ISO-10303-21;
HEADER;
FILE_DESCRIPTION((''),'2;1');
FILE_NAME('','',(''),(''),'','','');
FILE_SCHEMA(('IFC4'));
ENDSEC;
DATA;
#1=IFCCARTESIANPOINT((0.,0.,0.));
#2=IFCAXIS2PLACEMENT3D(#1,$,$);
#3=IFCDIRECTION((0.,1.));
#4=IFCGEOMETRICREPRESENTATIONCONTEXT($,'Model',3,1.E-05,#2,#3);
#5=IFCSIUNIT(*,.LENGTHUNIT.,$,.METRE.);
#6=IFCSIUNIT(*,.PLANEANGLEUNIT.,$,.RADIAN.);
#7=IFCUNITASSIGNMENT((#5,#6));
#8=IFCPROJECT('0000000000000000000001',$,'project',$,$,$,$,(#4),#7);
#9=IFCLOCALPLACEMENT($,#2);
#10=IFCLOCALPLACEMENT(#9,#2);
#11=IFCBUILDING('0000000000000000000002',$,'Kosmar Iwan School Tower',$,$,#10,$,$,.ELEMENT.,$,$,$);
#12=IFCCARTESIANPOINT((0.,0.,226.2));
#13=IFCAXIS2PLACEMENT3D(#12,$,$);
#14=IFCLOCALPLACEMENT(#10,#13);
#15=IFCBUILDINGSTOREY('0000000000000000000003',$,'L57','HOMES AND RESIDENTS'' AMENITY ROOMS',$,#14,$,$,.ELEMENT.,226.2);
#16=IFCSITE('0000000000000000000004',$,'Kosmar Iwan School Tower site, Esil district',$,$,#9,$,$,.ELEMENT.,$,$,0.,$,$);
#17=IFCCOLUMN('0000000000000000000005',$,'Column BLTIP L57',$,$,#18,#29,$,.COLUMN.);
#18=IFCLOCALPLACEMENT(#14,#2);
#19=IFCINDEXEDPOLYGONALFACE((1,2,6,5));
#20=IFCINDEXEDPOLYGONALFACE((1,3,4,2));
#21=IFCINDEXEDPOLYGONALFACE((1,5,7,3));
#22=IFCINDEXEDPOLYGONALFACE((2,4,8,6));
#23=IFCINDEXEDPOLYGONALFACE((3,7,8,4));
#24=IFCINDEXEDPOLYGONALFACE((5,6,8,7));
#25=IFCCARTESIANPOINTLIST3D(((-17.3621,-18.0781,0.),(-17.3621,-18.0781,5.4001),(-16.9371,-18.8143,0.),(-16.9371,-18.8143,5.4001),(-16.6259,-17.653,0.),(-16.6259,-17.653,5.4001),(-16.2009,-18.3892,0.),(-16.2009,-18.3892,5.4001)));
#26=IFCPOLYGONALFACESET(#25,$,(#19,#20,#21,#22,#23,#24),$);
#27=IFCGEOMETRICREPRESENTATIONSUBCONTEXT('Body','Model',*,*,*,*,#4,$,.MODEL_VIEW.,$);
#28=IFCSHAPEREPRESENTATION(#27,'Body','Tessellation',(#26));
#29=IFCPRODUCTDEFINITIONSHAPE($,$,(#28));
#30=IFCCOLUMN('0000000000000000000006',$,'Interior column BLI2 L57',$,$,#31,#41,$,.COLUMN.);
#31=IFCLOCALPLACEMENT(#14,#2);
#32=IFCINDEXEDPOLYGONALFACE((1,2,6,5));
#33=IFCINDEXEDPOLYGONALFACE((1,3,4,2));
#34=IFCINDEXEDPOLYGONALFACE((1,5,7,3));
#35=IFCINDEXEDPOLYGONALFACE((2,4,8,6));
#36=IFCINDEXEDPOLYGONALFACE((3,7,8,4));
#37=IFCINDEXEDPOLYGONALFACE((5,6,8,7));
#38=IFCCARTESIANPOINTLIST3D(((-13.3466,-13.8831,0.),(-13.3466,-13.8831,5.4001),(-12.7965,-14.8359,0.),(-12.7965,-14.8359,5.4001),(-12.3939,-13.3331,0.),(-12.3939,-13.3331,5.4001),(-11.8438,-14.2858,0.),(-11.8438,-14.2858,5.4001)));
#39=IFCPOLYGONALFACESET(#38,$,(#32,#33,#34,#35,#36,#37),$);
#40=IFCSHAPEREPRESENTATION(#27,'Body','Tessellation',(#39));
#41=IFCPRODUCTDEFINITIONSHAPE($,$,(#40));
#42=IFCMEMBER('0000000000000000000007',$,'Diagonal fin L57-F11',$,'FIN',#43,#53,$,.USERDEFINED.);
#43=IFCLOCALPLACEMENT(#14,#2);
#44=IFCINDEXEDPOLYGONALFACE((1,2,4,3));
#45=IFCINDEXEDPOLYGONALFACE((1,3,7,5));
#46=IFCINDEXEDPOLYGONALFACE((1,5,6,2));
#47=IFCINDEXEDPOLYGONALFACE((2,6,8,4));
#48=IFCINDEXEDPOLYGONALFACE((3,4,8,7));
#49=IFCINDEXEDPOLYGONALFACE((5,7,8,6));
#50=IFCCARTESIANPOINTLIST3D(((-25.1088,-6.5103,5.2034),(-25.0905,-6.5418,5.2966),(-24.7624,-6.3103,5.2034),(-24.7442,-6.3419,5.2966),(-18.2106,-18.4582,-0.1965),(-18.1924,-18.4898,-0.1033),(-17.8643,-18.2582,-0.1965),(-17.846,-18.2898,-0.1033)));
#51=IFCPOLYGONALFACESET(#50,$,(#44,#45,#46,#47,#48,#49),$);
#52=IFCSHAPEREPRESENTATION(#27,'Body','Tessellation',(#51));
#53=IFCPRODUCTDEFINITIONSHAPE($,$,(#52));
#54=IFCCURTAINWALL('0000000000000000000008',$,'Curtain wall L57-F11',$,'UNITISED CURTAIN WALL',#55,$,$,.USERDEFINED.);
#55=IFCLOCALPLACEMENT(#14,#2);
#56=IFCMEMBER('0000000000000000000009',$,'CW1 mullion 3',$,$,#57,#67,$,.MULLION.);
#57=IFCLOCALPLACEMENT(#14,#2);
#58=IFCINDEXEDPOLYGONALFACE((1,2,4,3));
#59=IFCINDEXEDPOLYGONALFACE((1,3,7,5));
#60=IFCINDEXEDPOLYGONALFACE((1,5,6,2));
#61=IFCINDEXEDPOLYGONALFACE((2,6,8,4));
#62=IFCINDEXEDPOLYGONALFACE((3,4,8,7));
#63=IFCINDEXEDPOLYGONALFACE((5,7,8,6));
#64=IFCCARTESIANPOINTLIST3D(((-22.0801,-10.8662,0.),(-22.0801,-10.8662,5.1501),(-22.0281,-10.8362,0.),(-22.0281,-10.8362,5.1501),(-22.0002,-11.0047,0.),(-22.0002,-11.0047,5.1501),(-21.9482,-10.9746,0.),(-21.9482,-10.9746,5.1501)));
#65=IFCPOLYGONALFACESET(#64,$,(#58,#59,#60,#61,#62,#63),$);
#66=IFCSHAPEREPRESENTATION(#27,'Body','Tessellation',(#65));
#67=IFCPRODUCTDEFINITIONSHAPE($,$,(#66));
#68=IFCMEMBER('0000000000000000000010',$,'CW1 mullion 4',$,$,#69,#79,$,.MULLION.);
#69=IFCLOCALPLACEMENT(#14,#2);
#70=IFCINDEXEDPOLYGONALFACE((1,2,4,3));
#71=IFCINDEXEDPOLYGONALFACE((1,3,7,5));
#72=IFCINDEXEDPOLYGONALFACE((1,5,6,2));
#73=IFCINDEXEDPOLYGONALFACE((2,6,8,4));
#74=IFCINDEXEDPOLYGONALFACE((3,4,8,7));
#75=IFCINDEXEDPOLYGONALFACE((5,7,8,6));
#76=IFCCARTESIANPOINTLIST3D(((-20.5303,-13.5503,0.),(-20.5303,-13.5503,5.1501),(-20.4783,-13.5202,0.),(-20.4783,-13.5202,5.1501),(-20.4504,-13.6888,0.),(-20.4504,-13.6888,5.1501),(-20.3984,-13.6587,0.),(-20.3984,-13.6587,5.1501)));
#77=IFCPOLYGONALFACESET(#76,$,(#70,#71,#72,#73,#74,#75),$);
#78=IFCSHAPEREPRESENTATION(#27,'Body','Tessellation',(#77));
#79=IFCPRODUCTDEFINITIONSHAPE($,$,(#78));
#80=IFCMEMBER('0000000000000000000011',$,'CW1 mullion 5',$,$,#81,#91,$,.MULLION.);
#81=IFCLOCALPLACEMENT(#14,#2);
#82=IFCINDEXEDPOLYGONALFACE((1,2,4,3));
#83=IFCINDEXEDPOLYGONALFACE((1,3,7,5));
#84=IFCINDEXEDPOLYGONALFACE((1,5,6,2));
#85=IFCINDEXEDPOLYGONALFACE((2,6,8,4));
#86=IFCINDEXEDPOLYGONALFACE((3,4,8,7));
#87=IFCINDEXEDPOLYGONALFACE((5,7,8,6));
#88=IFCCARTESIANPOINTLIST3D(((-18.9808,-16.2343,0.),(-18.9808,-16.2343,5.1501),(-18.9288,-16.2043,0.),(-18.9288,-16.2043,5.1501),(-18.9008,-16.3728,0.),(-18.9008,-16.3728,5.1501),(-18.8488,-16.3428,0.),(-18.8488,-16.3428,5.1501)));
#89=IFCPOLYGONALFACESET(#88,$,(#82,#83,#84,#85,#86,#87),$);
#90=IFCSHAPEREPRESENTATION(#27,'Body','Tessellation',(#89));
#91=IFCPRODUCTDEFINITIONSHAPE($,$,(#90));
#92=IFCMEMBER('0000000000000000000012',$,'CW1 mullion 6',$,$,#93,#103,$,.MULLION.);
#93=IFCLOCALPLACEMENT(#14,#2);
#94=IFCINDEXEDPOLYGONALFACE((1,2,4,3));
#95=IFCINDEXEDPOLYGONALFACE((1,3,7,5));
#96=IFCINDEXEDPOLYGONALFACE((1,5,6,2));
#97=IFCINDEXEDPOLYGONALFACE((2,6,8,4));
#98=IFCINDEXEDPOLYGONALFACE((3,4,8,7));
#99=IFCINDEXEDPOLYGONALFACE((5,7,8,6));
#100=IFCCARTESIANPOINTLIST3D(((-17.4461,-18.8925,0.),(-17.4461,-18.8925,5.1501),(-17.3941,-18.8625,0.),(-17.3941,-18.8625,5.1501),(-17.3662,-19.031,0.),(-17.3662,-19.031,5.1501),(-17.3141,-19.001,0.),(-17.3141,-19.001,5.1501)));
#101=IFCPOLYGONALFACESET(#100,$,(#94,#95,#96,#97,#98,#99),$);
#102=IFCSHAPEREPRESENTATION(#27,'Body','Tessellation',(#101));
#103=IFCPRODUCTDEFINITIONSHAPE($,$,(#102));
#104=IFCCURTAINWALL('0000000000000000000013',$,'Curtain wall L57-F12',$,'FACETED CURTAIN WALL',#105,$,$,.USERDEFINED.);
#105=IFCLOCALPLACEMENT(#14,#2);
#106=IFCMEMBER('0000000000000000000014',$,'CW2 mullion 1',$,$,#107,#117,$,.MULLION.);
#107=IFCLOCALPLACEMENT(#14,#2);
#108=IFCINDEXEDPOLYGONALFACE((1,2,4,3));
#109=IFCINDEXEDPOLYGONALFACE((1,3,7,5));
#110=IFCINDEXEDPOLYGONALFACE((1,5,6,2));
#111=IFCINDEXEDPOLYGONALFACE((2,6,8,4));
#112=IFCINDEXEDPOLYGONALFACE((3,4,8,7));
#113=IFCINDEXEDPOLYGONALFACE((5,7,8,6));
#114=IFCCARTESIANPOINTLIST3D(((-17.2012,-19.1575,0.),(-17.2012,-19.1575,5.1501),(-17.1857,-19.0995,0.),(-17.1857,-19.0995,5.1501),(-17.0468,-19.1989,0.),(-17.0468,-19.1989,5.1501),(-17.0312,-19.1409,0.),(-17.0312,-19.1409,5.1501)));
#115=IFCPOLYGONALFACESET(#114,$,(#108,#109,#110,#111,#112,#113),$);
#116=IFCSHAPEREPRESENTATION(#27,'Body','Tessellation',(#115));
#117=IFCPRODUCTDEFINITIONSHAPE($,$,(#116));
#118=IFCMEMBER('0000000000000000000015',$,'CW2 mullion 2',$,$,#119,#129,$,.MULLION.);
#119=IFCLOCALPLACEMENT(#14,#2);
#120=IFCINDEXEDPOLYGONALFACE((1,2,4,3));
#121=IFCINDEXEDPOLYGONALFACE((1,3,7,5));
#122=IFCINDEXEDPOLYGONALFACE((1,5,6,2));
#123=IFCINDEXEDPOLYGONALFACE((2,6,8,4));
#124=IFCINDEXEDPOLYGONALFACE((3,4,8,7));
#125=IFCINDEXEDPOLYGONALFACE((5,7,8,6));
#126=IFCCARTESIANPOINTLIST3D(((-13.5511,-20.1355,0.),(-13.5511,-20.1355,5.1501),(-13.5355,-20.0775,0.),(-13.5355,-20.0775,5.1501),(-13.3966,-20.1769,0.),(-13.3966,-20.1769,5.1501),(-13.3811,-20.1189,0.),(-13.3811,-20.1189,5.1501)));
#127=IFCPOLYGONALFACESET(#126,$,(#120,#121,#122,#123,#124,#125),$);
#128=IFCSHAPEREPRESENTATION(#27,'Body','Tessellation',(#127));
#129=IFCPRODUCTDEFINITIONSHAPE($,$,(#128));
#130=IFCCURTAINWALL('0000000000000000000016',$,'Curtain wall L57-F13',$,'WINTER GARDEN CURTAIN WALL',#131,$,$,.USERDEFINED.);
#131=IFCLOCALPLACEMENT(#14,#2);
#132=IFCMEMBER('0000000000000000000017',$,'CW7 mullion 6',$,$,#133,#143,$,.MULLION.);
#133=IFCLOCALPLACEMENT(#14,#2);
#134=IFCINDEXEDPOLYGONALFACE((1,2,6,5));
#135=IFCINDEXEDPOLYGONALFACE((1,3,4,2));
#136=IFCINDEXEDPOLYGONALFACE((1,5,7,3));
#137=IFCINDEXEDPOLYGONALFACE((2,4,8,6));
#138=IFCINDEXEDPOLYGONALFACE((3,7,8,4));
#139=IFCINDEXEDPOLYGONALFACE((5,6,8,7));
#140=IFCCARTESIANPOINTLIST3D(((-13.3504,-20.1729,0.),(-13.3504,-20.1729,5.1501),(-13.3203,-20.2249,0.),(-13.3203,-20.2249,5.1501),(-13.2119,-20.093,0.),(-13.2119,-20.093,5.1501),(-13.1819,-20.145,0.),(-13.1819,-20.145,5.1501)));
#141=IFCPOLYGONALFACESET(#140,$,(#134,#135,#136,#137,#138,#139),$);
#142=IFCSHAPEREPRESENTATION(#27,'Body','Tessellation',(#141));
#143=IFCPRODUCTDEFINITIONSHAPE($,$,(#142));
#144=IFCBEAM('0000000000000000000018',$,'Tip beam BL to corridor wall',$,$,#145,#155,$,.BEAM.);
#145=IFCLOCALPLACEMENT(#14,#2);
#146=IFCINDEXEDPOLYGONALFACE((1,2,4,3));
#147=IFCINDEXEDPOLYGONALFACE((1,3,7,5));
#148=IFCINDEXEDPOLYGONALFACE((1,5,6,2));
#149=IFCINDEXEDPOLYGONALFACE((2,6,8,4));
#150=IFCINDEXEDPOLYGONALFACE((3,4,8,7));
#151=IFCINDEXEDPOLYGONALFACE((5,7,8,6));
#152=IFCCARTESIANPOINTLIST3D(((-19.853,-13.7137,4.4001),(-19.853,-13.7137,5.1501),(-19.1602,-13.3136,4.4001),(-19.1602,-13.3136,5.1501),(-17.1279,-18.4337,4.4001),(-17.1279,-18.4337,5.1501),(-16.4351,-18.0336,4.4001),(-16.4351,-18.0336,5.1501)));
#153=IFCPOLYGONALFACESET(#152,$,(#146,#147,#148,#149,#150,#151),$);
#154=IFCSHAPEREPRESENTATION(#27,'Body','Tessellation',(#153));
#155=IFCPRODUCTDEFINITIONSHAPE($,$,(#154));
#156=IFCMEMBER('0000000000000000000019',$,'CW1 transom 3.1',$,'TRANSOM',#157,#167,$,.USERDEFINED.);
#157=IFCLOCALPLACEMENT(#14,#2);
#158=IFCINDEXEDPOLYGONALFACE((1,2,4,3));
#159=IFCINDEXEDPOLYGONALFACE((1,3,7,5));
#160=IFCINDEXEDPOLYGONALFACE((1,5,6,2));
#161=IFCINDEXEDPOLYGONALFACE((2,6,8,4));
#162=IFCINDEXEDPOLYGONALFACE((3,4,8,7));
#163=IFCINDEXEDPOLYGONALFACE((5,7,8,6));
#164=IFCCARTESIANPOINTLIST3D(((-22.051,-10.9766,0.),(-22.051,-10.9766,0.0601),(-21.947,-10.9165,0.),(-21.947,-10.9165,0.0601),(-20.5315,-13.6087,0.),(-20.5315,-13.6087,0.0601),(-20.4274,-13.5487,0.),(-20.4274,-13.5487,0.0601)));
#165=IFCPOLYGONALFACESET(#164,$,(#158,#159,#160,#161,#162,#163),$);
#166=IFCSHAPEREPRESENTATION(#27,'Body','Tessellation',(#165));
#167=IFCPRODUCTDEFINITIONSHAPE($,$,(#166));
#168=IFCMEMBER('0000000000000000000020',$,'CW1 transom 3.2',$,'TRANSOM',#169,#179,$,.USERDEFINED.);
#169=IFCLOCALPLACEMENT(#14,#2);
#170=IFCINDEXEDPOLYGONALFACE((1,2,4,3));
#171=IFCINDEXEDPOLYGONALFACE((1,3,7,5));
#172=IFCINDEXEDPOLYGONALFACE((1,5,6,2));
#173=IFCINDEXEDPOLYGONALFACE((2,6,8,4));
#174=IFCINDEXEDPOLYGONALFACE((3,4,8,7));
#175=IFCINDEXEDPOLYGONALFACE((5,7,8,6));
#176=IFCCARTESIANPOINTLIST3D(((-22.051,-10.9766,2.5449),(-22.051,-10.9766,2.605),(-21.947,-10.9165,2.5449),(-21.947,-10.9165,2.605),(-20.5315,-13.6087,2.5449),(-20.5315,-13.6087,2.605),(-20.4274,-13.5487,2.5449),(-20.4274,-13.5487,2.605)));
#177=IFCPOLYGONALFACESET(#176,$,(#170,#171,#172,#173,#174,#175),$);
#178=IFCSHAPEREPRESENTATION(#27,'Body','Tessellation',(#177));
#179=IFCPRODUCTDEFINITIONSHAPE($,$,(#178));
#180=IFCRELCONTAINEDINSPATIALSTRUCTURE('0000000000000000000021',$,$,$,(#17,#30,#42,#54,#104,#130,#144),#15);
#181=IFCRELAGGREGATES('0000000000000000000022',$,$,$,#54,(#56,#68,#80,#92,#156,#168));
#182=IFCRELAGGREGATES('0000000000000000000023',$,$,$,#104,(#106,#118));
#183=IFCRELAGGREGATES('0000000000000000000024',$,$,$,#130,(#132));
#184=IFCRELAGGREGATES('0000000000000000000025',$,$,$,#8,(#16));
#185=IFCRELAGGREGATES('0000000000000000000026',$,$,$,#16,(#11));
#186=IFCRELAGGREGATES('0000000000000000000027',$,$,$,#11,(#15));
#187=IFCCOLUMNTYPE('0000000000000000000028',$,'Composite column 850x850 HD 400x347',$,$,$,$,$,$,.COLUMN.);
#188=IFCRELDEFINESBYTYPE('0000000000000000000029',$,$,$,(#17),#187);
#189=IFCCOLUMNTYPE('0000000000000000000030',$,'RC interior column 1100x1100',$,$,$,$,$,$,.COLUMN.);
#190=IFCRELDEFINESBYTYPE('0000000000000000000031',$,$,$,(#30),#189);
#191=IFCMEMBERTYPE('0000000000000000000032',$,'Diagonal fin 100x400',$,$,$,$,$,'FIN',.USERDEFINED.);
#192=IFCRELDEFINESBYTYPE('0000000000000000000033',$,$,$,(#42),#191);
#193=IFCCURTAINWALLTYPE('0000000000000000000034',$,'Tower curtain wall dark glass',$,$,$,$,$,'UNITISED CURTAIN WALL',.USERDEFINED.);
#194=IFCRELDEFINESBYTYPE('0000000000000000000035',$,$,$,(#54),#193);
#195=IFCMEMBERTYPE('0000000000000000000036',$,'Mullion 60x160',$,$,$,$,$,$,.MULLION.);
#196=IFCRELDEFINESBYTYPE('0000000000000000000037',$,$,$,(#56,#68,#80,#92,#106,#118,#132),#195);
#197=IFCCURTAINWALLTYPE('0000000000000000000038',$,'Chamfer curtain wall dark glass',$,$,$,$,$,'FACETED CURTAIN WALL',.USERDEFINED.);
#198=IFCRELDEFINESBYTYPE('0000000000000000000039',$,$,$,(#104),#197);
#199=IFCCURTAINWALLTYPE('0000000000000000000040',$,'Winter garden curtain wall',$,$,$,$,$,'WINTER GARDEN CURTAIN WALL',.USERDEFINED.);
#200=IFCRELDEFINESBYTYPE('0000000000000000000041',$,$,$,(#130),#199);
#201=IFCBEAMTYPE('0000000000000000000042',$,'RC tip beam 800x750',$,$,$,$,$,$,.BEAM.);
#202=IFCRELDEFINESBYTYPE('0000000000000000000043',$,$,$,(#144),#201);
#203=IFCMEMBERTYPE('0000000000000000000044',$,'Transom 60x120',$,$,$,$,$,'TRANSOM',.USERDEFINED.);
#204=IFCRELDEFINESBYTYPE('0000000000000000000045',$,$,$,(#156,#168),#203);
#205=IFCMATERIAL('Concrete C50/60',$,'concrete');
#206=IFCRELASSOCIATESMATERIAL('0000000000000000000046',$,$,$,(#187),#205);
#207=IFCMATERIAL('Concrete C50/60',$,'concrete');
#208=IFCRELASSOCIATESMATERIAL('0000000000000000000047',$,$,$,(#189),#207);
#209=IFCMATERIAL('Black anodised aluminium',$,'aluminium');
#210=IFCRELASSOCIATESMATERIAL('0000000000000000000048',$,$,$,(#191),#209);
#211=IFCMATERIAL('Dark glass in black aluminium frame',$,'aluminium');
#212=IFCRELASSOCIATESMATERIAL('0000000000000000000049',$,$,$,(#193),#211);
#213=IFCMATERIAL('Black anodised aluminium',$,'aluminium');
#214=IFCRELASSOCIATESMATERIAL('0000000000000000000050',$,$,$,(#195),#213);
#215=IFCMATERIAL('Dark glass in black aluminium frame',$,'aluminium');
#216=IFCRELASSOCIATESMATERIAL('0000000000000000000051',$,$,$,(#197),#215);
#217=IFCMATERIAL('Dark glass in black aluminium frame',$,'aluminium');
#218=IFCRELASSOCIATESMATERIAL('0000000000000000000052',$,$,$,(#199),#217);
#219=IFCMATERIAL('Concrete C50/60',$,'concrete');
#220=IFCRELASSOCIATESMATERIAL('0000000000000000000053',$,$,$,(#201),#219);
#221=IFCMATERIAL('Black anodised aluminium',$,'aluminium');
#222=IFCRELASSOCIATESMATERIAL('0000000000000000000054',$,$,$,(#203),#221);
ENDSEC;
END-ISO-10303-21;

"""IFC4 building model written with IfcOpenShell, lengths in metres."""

from ifc_helpers import new_model, si_unit, direction, frame, origin, origin_2d, place, context, subcontext, project, spatial, rectangle, extrude, material, material_profile, profile_set, type_object, element, aggregate, save


model = new_model("IFC4")

# Units and contexts
model_context = context("Model", 3, precision=1e-05, world=origin(), true_north=direction((0.0, 1.0)))
body_context = subcontext(model_context, "Body", "Model", "MODEL_VIEW")
ifc_project = project(units=[si_unit("LENGTHUNIT", "METRE"), si_unit("PLANEANGLEUNIT", "RADIAN")], contexts=[model_context])

# Site, building, storey
site_placement = place(None, origin())
site = spatial("IfcSite", under=ifc_project, at=site_placement, Name="Kosmar Iwan School Tower site, Esil district", CompositionType="ELEMENT", RefElevation=0.0)
building_placement = place(site_placement, origin())
building = spatial("IfcBuilding", under=site, at=building_placement, Name="Kosmar Iwan School Tower", CompositionType="ELEMENT")
storey_placement = place(building_placement, frame((0.0, 0.0, 226.2)))
storey = spatial("IfcBuildingStorey", under=building, at=storey_placement, Name="L57", Description="HOMES AND RESIDENTS' AMENITY ROOMS", CompositionType="ELEMENT", Elevation=226.2)

# Columns
ifc_material_1 = material(Name="Concrete C50/60", Category="concrete")
ifc_material_profile_1 = material_profile(ifc_material_1, rectangle(XDim=0.8501, YDim=0.8501, at=origin_2d()), Name="RC 850x850 + HD 400x347")
ifc_profile_set_1 = profile_set([ifc_material_profile_1], Name="Concrete C50/60")
column_type_1 = type_object("IfcColumnType", Name="Composite column 850x850 HD 400x347", PredefinedType="COLUMN", material=ifc_profile_set_1)
column_1_placement = place(storey_placement, frame((-16.7815, -18.2336, 0.0), z_axis=(0.0, 0.0, 1.0), x_axis=(-0.866025, -0.5, 0.0)))
element("IfcColumn", 1, at=column_1_placement, inside=storey, type_object=column_type_1, Name="Column BLTIP L57", PredefinedType="COLUMN", context=body_context, shape_type="SweptSolid", body=[
    extrude(rectangle(XDim=0.8501, YDim=0.8501, at=origin_2d()), origin(), (0.0, 0.0, 1.0), 5.4001),
])
ifc_material_2 = material(Name="Concrete C50/60", Category="concrete")
ifc_material_profile_2 = material_profile(ifc_material_2, rectangle(XDim=1.1001, YDim=1.1001, at=origin_2d()), Name="RC 1100x1100")
ifc_profile_set_2 = profile_set([ifc_material_profile_2], Name="Concrete C50/60")
column_type_2 = type_object("IfcColumnType", Name="RC interior column 1100x1100", PredefinedType="COLUMN", material=ifc_profile_set_2)
column_2_placement = place(storey_placement, frame((-12.5952, -14.0845, 0.0), z_axis=(0.0, 0.0, 1.0), x_axis=(-0.866025, -0.5, 0.0)))
element("IfcColumn", 2, at=column_2_placement, inside=storey, type_object=column_type_2, Name="Interior column BLI2 L57", PredefinedType="COLUMN", context=body_context, shape_type="SweptSolid", body=[
    extrude(rectangle(XDim=1.1001, YDim=1.1001, at=origin_2d()), origin(), (0.0, 0.0, 1.0), 5.4001),
])

# Member
ifc_material_3 = material(Name="Black anodised aluminium", Category="aluminium")
ifc_material_profile_3 = material_profile(ifc_material_3, rectangle(XDim=0.1001, YDim=0.3999, at=origin_2d()), Name="FIN 100x400")
ifc_profile_set_3 = profile_set([ifc_material_profile_3], Name="Black anodised aluminium")
member_type_1 = type_object("IfcMemberType", Name="Diagonal fin 100x400", ElementType="FIN", PredefinedType="USERDEFINED", material=ifc_profile_set_3)
member_1_placement = place(storey_placement, frame((-18.0283, -18.374, -0.1499), z_axis=(-0.465607, 0.806453, 0.364477), x_axis=(0.182239, -0.315646, 0.931212)))
element("IfcMember", 3, at=member_1_placement, inside=storey, type_object=member_type_1, Name="Diagonal fin L57-F11", ObjectType="FIN", PredefinedType="USERDEFINED", context=body_context, shape_type="SweptSolid", body=[
    extrude(rectangle(XDim=0.1001, YDim=0.3999, at=origin_2d()), origin(), (0.0, 0.0, 1.0), 14.8154),
])

# Curtain walls, members
ifc_material_4 = material(Name="Dark glass in black aluminium frame", Category="aluminium")
curtain_wall_type_1 = type_object("IfcCurtainWallType", Name="Tower curtain wall dark glass", ElementType="UNITISED CURTAIN WALL", PredefinedType="USERDEFINED", material=ifc_material_4)
curtain_wall_1_placement = place(storey_placement, origin())
curtain_wall_1 = element("IfcCurtainWall", 4, at=curtain_wall_1_placement, inside=storey, type_object=curtain_wall_type_1, Name="Curtain wall L57-F11", ObjectType="UNITISED CURTAIN WALL", PredefinedType="USERDEFINED")
ifc_material_5 = material(Name="Black anodised aluminium", Category="aluminium")
ifc_material_profile_4 = material_profile(ifc_material_5, rectangle(XDim=0.0601, YDim=0.1599, at=origin_2d()), Name="MULLION 60x160")
ifc_profile_set_4 = profile_set([ifc_material_profile_4], Name="Black anodised aluminium")
member_type_2 = type_object("IfcMemberType", Name="Mullion 60x160", PredefinedType="MULLION", material=ifc_profile_set_4)
member_2_placement = place(storey_placement, frame((-22.0142, -10.9204, 0.0), z_axis=(0.0, 0.0, 1.0), x_axis=(0.866025, 0.5, 0.0)))
member_2 = element("IfcMember", 5, at=member_2_placement, type_object=member_type_2, Name="CW1 mullion 3", PredefinedType="MULLION", context=body_context, shape_type="SweptSolid", body=[
    extrude(rectangle(XDim=0.0601, YDim=0.1599, at=origin_2d()), origin(), (0.0, 0.0, 1.0), 5.1501),
])
member_3_placement = place(storey_placement, frame((-20.4644, -13.6045, 0.0), z_axis=(0.0, 0.0, 1.0), x_axis=(0.866025, 0.5, 0.0)))
member_3 = element("IfcMember", 6, at=member_3_placement, type_object=member_type_2, Name="CW1 mullion 4", PredefinedType="MULLION", context=body_context, shape_type="SweptSolid", body=[
    extrude(rectangle(XDim=0.0601, YDim=0.1599, at=origin_2d()), origin(), (0.0, 0.0, 1.0), 5.1501),
])
member_4_placement = place(storey_placement, frame((-18.9148, -16.2886, 0.0), z_axis=(0.0, 0.0, 1.0), x_axis=(0.866025, 0.5, 0.0)))
member_4 = element("IfcMember", 7, at=member_4_placement, type_object=member_type_2, Name="CW1 mullion 5", PredefinedType="MULLION", context=body_context, shape_type="SweptSolid", body=[
    extrude(rectangle(XDim=0.0601, YDim=0.1599, at=origin_2d()), origin(), (0.0, 0.0, 1.0), 5.1501),
])
member_5_placement = place(storey_placement, frame((-17.3801, -18.9468, 0.0), z_axis=(0.0, 0.0, 1.0), x_axis=(0.866025, 0.5, 0.0)))
member_5 = element("IfcMember", 8, at=member_5_placement, type_object=member_type_2, Name="CW1 mullion 6", PredefinedType="MULLION", context=body_context, shape_type="SweptSolid", body=[
    extrude(rectangle(XDim=0.0601, YDim=0.1599, at=origin_2d()), origin(), (0.0, 0.0, 1.0), 5.1501),
])
ifc_material_6 = material(Name="Dark glass in black aluminium frame", Category="aluminium")
curtain_wall_type_2 = type_object("IfcCurtainWallType", Name="Chamfer curtain wall dark glass", ElementType="FACETED CURTAIN WALL", PredefinedType="USERDEFINED", material=ifc_material_6)
curtain_wall_2_placement = place(storey_placement, origin())
curtain_wall_2 = element("IfcCurtainWall", 9, at=curtain_wall_2_placement, inside=storey, type_object=curtain_wall_type_2, Name="Curtain wall L57-F12", ObjectType="FACETED CURTAIN WALL", PredefinedType="USERDEFINED")
member_6_placement = place(storey_placement, frame((-17.1162, -19.1492, 0.0), z_axis=(0.0, 0.0, 1.0), x_axis=(0.258819, 0.965926, 0.0)))
member_6 = element("IfcMember", 10, at=member_6_placement, type_object=member_type_2, Name="CW2 mullion 1", PredefinedType="MULLION", context=body_context, shape_type="SweptSolid", body=[
    extrude(rectangle(XDim=0.0601, YDim=0.1599, at=origin_2d()), origin(), (0.0, 0.0, 1.0), 5.1501),
])
member_7_placement = place(storey_placement, frame((-13.4661, -20.1272, 0.0), z_axis=(0.0, 0.0, 1.0), x_axis=(0.258819, 0.965926, 0.0)))
member_7 = element("IfcMember", 11, at=member_7_placement, type_object=member_type_2, Name="CW2 mullion 2", PredefinedType="MULLION", context=body_context, shape_type="SweptSolid", body=[
    extrude(rectangle(XDim=0.0601, YDim=0.1599, at=origin_2d()), origin(), (0.0, 0.0, 1.0), 5.1501),
])

# Curtain wall, member
ifc_material_7 = material(Name="Dark glass in black aluminium frame", Category="aluminium")
curtain_wall_type_3 = type_object("IfcCurtainWallType", Name="Winter garden curtain wall", ElementType="WINTER GARDEN CURTAIN WALL", PredefinedType="USERDEFINED", material=ifc_material_7)
curtain_wall_3_placement = place(storey_placement, origin())
curtain_wall_3 = element("IfcCurtainWall", 12, at=curtain_wall_3_placement, inside=storey, type_object=curtain_wall_type_3, Name="Curtain wall L57-F13", ObjectType="WINTER GARDEN CURTAIN WALL", PredefinedType="USERDEFINED")
member_8_placement = place(storey_placement, frame((-13.2661, -20.1589, 0.0), z_axis=(0.0, 0.0, 1.0), x_axis=(0.5, -0.866025, 0.0)))
member_8 = element("IfcMember", 13, at=member_8_placement, type_object=member_type_2, Name="CW7 mullion 6", PredefinedType="MULLION", context=body_context, shape_type="SweptSolid", body=[
    extrude(rectangle(XDim=0.0601, YDim=0.1599, at=origin_2d()), origin(), (0.0, 0.0, 1.0), 5.1501),
])

# Beam
ifc_material_8 = material(Name="Concrete C50/60", Category="concrete")
ifc_material_profile_5 = material_profile(ifc_material_8, rectangle(XDim=0.8, YDim=0.75, at=origin_2d()), Name="RC 800x750")
ifc_profile_set_5 = profile_set([ifc_material_profile_5], Name="Concrete C50/60")
beam_type = type_object("IfcBeamType", Name="RC tip beam 800x750", PredefinedType="BEAM", material=ifc_profile_set_5)
beam_placement = place(storey_placement, frame((-16.7815, -18.2336, 4.7751), z_axis=(-0.500003, 0.866024, 0.0), x_axis=(-0.866024, -0.500003, 0.0)))
element("IfcBeam", 14, at=beam_placement, inside=storey, type_object=beam_type, Name="Tip beam BL to corridor wall", PredefinedType="BEAM", context=body_context, shape_type="SweptSolid", body=[
    extrude(rectangle(XDim=0.8, YDim=0.75, at=origin_2d()), origin(), (0.0, 0.0, 1.0), 5.4502),
])

# Members
ifc_material_9 = material(Name="Black anodised aluminium", Category="aluminium")
ifc_material_profile_6 = material_profile(ifc_material_9, rectangle(XDim=0.1201, YDim=0.0601, at=origin_2d()), Name="TRANSOM 60x120")
ifc_profile_set_6 = profile_set([ifc_material_profile_6], Name="Black anodised aluminium")
member_type_3 = type_object("IfcMemberType", Name="Transom 60x120", ElementType="TRANSOM", PredefinedType="USERDEFINED", material=ifc_profile_set_6)
member_9_placement = place(storey_placement, frame((-21.999, -10.9465, 0.03), z_axis=(0.499975, -0.86604, 0.0), x_axis=(0.86604, 0.499975, 0.0)))
member_9 = element("IfcMember", 15, at=member_9_placement, type_object=member_type_3, Name="CW1 transom 3.1", ObjectType="TRANSOM", PredefinedType="USERDEFINED", context=body_context, shape_type="SweptSolid", body=[
    extrude(rectangle(XDim=0.1201, YDim=0.0601, at=origin_2d()), origin(), (0.0, 0.0, 1.0), 3.0393),
])
member_10_placement = place(storey_placement, frame((-21.999, -10.9465, 2.575), z_axis=(0.499975, -0.86604, 0.0), x_axis=(0.86604, 0.499975, 0.0)))
member_10 = element("IfcMember", 16, at=member_10_placement, type_object=member_type_3, Name="CW1 transom 3.2", ObjectType="TRANSOM", PredefinedType="USERDEFINED", context=body_context, shape_type="SweptSolid", body=[
    extrude(rectangle(XDim=0.1201, YDim=0.0601, at=origin_2d()), origin(), (0.0, 0.0, 1.0), 3.0393),
])

aggregate(curtain_wall_1, [member_2, member_3, member_4, member_5, member_9, member_10])
aggregate(curtain_wall_2, [member_6, member_7])
aggregate(curtain_wall_3, [member_8])

save(model, "model.ifc")
